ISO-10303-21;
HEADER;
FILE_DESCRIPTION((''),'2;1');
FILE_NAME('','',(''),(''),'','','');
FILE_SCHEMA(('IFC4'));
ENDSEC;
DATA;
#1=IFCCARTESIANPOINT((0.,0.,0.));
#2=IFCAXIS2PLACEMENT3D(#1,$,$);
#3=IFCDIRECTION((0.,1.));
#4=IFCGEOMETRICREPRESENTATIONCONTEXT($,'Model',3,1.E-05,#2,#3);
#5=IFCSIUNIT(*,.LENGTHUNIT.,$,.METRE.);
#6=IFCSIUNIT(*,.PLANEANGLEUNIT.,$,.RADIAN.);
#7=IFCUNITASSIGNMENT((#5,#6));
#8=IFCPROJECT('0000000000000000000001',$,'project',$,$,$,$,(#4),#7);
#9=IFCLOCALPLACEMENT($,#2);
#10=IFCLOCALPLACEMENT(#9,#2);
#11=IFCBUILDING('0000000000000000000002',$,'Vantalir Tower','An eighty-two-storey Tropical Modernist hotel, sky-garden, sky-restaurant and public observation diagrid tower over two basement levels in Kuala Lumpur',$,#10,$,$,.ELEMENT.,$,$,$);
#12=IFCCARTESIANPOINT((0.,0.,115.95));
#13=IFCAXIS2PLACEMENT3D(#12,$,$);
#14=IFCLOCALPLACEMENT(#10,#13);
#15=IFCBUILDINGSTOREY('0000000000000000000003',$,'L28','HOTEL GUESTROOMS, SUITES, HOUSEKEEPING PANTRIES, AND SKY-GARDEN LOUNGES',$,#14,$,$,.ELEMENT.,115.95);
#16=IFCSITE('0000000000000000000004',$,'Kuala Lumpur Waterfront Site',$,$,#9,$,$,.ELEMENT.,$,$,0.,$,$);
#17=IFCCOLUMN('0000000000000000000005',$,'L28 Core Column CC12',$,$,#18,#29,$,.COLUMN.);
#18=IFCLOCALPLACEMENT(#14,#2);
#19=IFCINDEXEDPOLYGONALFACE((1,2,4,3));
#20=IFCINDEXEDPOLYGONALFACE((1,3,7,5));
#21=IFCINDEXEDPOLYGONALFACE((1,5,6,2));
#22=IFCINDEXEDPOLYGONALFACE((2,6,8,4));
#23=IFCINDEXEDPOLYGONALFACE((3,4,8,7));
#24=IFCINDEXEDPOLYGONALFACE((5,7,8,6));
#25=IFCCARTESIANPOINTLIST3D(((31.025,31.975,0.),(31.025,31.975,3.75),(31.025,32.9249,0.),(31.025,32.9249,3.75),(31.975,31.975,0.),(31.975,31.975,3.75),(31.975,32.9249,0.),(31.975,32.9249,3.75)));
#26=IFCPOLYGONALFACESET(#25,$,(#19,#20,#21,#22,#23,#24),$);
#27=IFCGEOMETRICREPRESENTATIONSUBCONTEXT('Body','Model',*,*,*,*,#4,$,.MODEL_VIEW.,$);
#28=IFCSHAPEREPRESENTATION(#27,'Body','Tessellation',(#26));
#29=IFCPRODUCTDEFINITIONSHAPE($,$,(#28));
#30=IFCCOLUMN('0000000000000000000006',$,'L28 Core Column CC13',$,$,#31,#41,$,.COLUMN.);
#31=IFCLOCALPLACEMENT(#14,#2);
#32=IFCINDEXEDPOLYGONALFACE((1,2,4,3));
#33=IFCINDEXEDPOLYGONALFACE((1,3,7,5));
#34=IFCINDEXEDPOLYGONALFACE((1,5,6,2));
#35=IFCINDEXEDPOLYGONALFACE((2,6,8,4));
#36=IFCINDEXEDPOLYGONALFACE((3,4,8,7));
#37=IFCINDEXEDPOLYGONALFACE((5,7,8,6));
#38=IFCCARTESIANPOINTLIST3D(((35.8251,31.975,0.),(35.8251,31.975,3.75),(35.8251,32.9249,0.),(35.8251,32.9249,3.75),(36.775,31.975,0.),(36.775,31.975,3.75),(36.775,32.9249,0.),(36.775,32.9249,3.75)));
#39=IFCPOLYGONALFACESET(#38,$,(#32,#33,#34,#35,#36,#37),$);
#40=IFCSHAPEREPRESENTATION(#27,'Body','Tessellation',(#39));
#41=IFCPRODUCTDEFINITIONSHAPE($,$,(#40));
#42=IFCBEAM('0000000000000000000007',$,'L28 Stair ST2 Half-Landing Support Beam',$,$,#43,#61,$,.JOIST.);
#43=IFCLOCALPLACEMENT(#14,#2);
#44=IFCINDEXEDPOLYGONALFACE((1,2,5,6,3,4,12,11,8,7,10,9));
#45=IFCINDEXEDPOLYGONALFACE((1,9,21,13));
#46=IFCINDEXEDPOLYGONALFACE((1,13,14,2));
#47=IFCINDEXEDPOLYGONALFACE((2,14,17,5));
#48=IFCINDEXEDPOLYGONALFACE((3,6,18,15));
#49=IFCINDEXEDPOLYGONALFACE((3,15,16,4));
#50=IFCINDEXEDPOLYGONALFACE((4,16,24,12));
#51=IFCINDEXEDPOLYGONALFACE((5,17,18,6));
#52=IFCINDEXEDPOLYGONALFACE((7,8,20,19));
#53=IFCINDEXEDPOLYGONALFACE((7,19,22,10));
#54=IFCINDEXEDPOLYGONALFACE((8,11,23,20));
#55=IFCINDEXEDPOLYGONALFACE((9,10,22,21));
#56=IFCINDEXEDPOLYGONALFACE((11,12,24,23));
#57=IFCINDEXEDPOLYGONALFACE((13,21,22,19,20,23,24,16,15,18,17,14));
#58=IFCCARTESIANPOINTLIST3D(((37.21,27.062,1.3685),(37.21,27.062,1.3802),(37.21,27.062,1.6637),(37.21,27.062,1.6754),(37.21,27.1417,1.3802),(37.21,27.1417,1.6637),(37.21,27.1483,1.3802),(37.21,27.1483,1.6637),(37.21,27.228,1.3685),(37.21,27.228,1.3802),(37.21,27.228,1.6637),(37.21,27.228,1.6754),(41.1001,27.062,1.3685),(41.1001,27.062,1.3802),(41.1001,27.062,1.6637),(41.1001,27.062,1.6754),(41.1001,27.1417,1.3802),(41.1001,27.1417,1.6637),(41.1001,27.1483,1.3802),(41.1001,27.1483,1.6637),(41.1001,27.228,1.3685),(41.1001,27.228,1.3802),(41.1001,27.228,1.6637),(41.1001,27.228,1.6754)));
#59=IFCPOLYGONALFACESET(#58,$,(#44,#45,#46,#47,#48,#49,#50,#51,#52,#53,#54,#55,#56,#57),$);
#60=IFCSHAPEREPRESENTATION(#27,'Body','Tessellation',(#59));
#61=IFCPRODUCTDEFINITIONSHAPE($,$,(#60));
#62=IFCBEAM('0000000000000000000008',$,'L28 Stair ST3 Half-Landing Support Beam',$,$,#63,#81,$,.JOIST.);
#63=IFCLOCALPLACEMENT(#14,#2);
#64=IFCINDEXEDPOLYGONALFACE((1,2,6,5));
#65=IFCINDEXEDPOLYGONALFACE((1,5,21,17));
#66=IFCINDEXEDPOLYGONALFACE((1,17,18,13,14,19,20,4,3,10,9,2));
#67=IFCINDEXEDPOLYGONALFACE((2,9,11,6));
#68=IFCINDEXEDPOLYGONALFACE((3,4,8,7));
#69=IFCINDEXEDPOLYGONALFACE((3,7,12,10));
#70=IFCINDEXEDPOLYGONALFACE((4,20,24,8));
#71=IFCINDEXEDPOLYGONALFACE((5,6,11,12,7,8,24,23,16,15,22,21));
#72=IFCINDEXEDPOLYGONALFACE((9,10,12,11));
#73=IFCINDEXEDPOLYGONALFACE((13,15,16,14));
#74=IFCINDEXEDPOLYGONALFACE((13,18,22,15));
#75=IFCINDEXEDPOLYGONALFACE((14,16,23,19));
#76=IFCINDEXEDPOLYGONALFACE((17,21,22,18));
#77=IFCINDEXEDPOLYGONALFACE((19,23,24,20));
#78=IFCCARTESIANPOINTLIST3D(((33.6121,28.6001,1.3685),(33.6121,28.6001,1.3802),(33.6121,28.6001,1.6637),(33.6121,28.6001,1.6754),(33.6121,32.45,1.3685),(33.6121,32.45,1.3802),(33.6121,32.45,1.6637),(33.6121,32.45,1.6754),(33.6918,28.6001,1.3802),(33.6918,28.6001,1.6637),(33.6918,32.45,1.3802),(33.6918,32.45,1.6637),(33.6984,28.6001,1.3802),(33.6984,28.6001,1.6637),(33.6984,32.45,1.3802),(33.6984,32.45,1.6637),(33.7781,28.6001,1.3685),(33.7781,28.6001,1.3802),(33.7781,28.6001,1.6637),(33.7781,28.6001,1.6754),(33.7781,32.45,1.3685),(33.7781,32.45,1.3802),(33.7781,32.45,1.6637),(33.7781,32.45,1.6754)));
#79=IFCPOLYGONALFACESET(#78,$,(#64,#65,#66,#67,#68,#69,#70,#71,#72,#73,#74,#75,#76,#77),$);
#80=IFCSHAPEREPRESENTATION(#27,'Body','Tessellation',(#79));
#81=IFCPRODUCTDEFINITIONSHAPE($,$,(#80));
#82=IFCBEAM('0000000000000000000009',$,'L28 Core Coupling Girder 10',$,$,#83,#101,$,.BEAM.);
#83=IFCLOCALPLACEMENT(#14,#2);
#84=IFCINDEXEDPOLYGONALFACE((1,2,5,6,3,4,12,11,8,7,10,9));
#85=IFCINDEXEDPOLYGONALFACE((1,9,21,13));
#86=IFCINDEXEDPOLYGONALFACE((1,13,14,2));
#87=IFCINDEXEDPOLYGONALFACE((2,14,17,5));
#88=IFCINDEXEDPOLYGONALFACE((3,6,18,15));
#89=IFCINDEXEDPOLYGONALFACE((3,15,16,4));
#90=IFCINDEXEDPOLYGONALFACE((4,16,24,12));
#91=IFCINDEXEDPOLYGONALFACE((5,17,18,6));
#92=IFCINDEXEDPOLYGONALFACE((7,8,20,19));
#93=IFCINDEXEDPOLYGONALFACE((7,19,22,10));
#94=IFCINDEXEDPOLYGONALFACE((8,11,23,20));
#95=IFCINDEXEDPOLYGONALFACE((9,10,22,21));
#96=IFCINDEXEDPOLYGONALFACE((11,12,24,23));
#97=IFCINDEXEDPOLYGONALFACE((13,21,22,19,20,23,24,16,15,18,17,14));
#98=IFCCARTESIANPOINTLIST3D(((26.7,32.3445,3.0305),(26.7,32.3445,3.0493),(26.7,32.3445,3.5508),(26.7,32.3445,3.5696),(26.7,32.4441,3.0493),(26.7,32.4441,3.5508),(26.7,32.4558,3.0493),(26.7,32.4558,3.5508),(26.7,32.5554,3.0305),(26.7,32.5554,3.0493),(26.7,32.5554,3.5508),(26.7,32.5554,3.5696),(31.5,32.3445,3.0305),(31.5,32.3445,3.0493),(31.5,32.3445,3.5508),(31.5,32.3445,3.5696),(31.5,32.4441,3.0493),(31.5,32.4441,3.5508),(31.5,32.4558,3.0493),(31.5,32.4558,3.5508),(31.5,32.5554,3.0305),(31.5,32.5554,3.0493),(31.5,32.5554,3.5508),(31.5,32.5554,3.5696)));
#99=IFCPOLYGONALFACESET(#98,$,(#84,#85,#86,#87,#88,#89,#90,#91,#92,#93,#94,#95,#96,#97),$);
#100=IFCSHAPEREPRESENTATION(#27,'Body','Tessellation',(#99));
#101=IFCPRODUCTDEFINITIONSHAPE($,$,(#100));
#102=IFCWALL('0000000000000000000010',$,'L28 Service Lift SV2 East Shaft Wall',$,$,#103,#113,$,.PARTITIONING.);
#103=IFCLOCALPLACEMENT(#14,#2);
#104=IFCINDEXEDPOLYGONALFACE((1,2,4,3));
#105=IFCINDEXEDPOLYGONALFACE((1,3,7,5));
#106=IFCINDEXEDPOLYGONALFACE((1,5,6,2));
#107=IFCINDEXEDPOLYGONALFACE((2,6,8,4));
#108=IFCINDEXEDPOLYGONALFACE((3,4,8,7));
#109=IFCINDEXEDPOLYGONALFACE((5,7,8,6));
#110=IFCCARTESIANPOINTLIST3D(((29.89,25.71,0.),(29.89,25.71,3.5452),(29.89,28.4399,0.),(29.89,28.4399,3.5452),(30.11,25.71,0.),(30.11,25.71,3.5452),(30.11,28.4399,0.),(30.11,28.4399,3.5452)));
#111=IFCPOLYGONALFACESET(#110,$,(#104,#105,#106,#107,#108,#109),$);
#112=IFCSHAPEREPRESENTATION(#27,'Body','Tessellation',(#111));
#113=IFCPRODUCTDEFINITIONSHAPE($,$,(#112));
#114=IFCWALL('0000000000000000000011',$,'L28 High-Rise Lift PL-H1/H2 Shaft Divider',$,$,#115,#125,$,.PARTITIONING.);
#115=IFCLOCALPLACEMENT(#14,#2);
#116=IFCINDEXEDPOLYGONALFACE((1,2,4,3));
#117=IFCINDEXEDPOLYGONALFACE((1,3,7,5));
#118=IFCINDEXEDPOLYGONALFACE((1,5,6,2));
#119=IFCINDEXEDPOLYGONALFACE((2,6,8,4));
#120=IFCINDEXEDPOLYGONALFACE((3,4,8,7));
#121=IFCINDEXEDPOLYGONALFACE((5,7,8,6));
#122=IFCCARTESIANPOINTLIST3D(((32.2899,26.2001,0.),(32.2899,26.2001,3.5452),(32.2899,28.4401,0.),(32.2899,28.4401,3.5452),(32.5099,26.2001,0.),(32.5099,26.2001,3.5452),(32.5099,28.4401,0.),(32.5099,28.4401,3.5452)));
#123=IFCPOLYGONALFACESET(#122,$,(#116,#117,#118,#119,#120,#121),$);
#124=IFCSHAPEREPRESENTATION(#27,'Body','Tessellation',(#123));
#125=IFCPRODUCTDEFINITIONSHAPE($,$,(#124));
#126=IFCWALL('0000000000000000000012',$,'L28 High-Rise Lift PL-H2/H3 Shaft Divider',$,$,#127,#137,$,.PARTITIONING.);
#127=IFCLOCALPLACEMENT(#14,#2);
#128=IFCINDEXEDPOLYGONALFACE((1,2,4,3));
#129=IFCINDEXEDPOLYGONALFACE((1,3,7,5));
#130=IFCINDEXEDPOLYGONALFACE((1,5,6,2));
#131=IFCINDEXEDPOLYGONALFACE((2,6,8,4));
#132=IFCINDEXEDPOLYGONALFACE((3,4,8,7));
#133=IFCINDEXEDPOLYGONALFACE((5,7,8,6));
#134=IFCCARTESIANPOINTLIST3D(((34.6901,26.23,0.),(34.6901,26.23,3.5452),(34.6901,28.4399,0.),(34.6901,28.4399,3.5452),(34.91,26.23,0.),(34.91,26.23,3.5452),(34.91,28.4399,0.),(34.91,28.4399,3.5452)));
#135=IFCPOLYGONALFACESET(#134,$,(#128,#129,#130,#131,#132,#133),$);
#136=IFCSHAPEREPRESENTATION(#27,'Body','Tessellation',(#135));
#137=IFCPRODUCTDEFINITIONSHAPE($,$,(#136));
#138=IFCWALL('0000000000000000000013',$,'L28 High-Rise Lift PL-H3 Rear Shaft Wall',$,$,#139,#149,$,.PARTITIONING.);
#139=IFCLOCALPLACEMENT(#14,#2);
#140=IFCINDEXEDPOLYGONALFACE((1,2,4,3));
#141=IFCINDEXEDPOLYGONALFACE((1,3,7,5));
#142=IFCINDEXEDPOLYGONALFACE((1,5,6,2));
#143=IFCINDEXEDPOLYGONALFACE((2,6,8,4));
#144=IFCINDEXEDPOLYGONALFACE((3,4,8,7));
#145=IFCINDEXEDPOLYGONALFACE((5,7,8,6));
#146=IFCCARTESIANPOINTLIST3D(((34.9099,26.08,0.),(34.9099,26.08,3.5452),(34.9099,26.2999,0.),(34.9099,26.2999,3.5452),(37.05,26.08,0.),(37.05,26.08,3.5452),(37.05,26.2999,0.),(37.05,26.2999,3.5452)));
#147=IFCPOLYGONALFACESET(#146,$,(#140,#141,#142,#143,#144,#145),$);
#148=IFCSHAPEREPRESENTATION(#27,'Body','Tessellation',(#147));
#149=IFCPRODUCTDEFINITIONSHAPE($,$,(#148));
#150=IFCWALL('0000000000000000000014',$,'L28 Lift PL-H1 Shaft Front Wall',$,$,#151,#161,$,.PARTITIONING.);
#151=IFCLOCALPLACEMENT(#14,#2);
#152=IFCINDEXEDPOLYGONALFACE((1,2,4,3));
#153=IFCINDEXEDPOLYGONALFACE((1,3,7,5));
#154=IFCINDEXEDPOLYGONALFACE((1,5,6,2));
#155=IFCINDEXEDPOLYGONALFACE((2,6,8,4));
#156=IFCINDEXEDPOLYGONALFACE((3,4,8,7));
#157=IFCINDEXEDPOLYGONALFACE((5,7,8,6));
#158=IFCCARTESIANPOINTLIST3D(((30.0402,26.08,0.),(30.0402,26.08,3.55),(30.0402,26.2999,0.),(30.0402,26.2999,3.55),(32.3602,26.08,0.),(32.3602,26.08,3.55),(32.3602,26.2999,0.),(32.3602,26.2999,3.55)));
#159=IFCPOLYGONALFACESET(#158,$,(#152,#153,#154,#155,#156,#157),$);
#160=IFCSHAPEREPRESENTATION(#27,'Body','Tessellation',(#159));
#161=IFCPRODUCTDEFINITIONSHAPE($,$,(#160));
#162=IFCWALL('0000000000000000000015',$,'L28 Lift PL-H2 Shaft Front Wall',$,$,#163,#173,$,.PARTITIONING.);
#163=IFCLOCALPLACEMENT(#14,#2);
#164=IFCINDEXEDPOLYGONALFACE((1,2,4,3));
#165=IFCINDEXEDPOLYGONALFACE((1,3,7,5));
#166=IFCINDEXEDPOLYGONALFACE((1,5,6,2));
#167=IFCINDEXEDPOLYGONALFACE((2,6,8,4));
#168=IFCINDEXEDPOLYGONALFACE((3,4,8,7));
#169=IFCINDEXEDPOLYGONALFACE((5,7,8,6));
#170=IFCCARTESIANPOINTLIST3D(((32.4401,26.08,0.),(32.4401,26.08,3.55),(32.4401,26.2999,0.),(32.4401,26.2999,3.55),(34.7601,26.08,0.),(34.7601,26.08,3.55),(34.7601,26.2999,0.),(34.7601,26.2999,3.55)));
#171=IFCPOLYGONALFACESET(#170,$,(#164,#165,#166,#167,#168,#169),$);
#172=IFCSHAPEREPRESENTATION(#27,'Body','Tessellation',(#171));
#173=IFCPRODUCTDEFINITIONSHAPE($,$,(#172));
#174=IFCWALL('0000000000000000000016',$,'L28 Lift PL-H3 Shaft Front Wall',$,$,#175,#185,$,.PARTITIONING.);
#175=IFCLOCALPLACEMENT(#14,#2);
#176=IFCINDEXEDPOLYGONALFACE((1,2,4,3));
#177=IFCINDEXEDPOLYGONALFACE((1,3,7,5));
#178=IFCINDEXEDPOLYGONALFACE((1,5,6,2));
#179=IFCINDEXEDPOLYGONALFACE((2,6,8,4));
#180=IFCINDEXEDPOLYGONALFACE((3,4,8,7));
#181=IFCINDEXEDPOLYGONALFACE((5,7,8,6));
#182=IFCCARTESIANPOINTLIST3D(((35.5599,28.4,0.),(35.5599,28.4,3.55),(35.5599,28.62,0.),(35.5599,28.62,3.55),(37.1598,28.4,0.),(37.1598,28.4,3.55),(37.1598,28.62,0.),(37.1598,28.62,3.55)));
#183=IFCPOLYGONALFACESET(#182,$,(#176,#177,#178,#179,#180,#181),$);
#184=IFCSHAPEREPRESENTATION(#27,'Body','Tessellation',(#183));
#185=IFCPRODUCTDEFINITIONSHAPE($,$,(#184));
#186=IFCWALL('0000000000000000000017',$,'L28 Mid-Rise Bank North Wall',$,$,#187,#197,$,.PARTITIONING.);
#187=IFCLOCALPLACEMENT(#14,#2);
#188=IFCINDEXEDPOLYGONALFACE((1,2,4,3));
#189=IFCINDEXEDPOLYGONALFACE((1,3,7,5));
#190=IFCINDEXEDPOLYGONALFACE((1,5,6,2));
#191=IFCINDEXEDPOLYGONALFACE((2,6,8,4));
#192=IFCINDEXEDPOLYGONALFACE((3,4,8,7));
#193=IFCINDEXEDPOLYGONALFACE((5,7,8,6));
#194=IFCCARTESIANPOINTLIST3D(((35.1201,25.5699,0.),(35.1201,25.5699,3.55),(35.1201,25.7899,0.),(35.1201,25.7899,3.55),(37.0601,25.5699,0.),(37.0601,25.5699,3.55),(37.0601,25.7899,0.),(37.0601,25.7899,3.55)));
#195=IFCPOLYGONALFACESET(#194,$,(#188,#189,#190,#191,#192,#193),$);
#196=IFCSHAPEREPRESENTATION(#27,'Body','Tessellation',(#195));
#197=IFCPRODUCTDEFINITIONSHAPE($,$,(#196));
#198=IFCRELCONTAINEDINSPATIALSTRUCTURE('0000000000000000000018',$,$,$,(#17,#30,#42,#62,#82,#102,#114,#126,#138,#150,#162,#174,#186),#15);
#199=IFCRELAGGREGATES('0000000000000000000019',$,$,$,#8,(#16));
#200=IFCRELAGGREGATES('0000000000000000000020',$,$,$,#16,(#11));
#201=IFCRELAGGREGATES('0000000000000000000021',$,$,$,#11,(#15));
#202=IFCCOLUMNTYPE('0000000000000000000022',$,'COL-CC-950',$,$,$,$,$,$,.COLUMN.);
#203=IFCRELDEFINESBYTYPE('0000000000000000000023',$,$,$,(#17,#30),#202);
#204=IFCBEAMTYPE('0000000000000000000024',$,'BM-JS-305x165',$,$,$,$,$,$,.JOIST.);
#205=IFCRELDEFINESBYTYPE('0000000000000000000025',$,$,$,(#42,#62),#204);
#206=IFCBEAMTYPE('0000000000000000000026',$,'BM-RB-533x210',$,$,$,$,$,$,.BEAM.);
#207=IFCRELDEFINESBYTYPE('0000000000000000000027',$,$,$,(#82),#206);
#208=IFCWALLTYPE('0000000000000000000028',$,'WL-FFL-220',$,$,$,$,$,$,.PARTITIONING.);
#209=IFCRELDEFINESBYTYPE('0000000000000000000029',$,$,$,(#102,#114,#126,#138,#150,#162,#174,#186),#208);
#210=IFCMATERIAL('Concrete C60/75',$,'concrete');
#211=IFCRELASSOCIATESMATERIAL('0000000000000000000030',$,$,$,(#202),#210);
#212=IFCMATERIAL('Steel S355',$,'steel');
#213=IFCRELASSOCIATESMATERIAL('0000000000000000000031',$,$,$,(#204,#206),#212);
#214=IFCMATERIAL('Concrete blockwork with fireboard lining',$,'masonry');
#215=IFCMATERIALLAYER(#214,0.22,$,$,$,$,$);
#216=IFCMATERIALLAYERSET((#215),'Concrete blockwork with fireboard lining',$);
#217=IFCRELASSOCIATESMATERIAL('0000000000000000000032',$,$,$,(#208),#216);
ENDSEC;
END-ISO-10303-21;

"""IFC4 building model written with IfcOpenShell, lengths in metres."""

from ifc_helpers import new_model, si_unit, direction, frame, frame_2d, origin, origin_2d, place, context, subcontext, project, spatial, rectangle, i_section, extrude, material, layer, layer_set, material_profile, profile_set, type_object, element, save


model = new_model("IFC4")

# Units and contexts
model_context = context("Model", 3, precision=1e-05, world=origin(), true_north=direction((0.0, 1.0)))
body_context = subcontext(model_context, "Body", "Model", "MODEL_VIEW")
ifc_project = project(units=[si_unit("LENGTHUNIT", "METRE"), si_unit("PLANEANGLEUNIT", "RADIAN")], contexts=[model_context])

# Site, building, storey
site_placement = place(None, origin())
site = spatial("IfcSite", under=ifc_project, at=site_placement, Name="Kuala Lumpur Waterfront Site", CompositionType="ELEMENT", RefElevation=0.0)
building_placement = place(site_placement, origin())
building = spatial("IfcBuilding", under=site, at=building_placement, Name="Vantalir Tower", Description="An eighty-two-storey Tropical Modernist hotel, sky-garden, sky-restaurant and public observation diagrid tower over two basement levels in Kuala Lumpur", CompositionType="ELEMENT")
storey_placement = place(building_placement, frame((0.0, 0.0, 115.95)))
storey = spatial("IfcBuildingStorey", under=building, at=storey_placement, Name="L28", Description="HOTEL GUESTROOMS, SUITES, HOUSEKEEPING PANTRIES, AND SKY-GARDEN LOUNGES", CompositionType="ELEMENT", Elevation=115.95)

# Columns
ifc_material_1 = material(Name="Concrete C60/75", Category="concrete")
ifc_material_profile_1 = material_profile(ifc_material_1, rectangle(XDim=0.95, YDim=0.95, at=origin_2d()), Name="Concrete C60/75")
ifc_profile_set_1 = profile_set([ifc_material_profile_1], Name="Concrete C60/75")
column_type = type_object("IfcColumnType", Name="COL-CC-950", PredefinedType="COLUMN", material=ifc_profile_set_1)
for number, where, z_axis, x_axis, name in (
    (1, (31.5, 32.45, 0.0), (0.0, 0.0, 1.0), (1.0, 0.0, 0.0), "L28 Core Column CC12"),
    (2, (36.3, 32.45, 0.0), (0.0, 0.0, 1.0), (1.0, 0.0, 0.0), "L28 Core Column CC13"),
):
    element("IfcColumn", number, at=place(storey_placement, frame(where, z_axis=z_axis, x_axis=x_axis)), inside=storey, type_object=column_type, Name=name, PredefinedType="COLUMN", context=body_context, shape_type="SweptSolid", body=[
        extrude(rectangle(XDim=0.95, YDim=0.95, at=origin_2d()), origin(), (0.0, 0.0, 1.0), 3.75),
    ])

# Beams
ifc_material_2 = material(Name="Steel S355", Category="steel")
ifc_material_profile_2 = material_profile(ifc_material_2, i_section(OverallWidth=0.166, OverallDepth=0.3069, WebThickness=0.0066, FlangeThickness=0.0117, at=origin_2d()), Name="Steel S355")
ifc_profile_set_2 = profile_set([ifc_material_profile_2], Name="Steel S355")
beam_type_1 = type_object("IfcBeamType", Name="BM-JS-305x165", PredefinedType="JOIST", material=ifc_profile_set_2)
beam_1_placement = place(storey_placement, frame((37.21, 27.145, 1.522), z_axis=(1.0, 0.0, 0.0), x_axis=(0.0, 1.0, 0.0)))
element("IfcBeam", 3, at=beam_1_placement, inside=storey, type_object=beam_type_1, Name="L28 Stair ST2 Half-Landing Support Beam", PredefinedType="JOIST", context=body_context, shape_type="SweptSolid", body=[
    extrude(i_section(OverallWidth=0.166, OverallDepth=0.3069, WebThickness=0.0066, FlangeThickness=0.0117, at=origin_2d()), origin(), (0.0, 0.0, 1.0), 3.8901),
])
beam_2_placement = place(storey_placement, frame((33.6951, 28.6001, 1.522), z_axis=(0.0, 1.0, 0.0), x_axis=(-1.0, 0.0, 0.0)))
element("IfcBeam", 4, at=beam_2_placement, inside=storey, type_object=beam_type_1, Name="L28 Stair ST3 Half-Landing Support Beam", PredefinedType="JOIST", context=body_context, shape_type="SweptSolid", body=[
    extrude(i_section(OverallWidth=0.166, OverallDepth=0.3069, WebThickness=0.0066, FlangeThickness=0.0117, at=origin_2d()), origin(), (0.0, 0.0, 1.0), 3.8499),
])
ifc_material_profile_3 = material_profile(ifc_material_2, i_section(OverallWidth=0.2109, OverallDepth=0.5391, WebThickness=0.0117, FlangeThickness=0.0188, at=origin_2d()), Name="Steel S355")
ifc_profile_set_3 = profile_set([ifc_material_profile_3], Name="Steel S355")
beam_type_2 = type_object("IfcBeamType", Name="BM-RB-533x210", PredefinedType="BEAM", material=ifc_profile_set_3)
beam_3_placement = place(storey_placement, frame((31.5, 32.45, 3.3), z_axis=(-1.0, 0.0, 0.0), x_axis=(0.0, -1.0, 0.0)))
element("IfcBeam", 5, at=beam_3_placement, inside=storey, type_object=beam_type_2, Name="L28 Core Coupling Girder 10", PredefinedType="BEAM", context=body_context, shape_type="SweptSolid", body=[
    extrude(i_section(OverallWidth=0.2109, OverallDepth=0.5391, WebThickness=0.0117, FlangeThickness=0.0188, at=origin_2d()), origin(), (0.0, 0.0, 1.0), 4.8),
])

# Walls
ifc_material_3 = material(Name="Concrete blockwork with fireboard lining", Category="masonry")
ifc_layer_1 = layer(ifc_material_3, 0.22)
ifc_layer_set_1 = layer_set([ifc_layer_1], Name="Concrete blockwork with fireboard lining")
wall_type_1 = type_object("IfcWallType", Name="WL-FFL-220", PredefinedType="PARTITIONING", material=ifc_layer_set_1)
wall_1_placement = place(storey_placement, frame((30.0, 25.71, 0.0), z_axis=(0.0, 0.0, 1.0), x_axis=(0.0, 1.0, 0.0)))
element("IfcWall", 6, at=wall_1_placement, inside=storey, type_object=wall_type_1, Name="L28 Service Lift SV2 East Shaft Wall", PredefinedType="PARTITIONING", context=body_context, shape_type="SweptSolid", body=[
    extrude(rectangle(XDim=2.73, YDim=0.22, at=frame_2d((1.365, 0.0))), origin(), (0.0, 0.0, 1.0), 3.5452),
])
wall_2_placement = place(storey_placement, frame((32.3999, 26.2, 0.0), z_axis=(0.0, 0.0, 1.0), x_axis=(0.0, 1.0, 0.0)))
element("IfcWall", 7, at=wall_2_placement, inside=storey, type_object=wall_type_1, Name="L28 High-Rise Lift PL-H1/H2 Shaft Divider", PredefinedType="PARTITIONING", context=body_context, shape_type="SweptSolid", body=[
    extrude(rectangle(XDim=2.24, YDim=0.22, at=frame_2d((1.1201, 0.0))), origin(), (0.0, 0.0, 1.0), 3.5452),
])
wall_3_placement = place(storey_placement, frame((34.8, 26.23, 0.0), z_axis=(0.0, 0.0, 1.0), x_axis=(0.0, 1.0, 0.0)))
element("IfcWall", 8, at=wall_3_placement, inside=storey, type_object=wall_type_1, Name="L28 High-Rise Lift PL-H2/H3 Shaft Divider", PredefinedType="PARTITIONING", context=body_context, shape_type="SweptSolid", body=[
    extrude(rectangle(XDim=2.21, YDim=0.22, at=frame_2d((1.105, 0.0))), origin(), (0.0, 0.0, 1.0), 3.5452),
])
wall_4_placement = place(storey_placement, frame((34.9099, 26.1899, 0.0), z_axis=(0.0, 0.0, 1.0), x_axis=(1.0, 0.0, 0.0)))
element("IfcWall", 9, at=wall_4_placement, inside=storey, type_object=wall_type_1, Name="L28 High-Rise Lift PL-H3 Rear Shaft Wall", PredefinedType="PARTITIONING", context=body_context, shape_type="SweptSolid", body=[
    extrude(rectangle(XDim=2.1401, YDim=0.22, at=frame_2d((1.0701, 0.0))), origin(), (0.0, 0.0, 1.0), 3.5452),
])
for number, where, z_axis, x_axis, name in (
    (10, (30.04, 26.1899, 0.0), (0.0, 0.0, 1.0), (1.0, 0.0, 0.0), "L28 Lift PL-H1 Shaft Front Wall"),
    (11, (32.4399, 26.1899, 0.0), (0.0, 0.0, 1.0), (1.0, 0.0, 0.0), "L28 Lift PL-H2 Shaft Front Wall"),
):
    element("IfcWall", number, at=place(storey_placement, frame(where, z_axis=z_axis, x_axis=x_axis)), inside=storey, type_object=wall_type_1, Name=name, PredefinedType="PARTITIONING", context=body_context, shape_type="SweptSolid", body=[
        extrude(rectangle(XDim=2.3201, YDim=0.22, at=frame_2d((1.1602, 0.0))), origin(), (0.0, 0.0, 1.0), 3.55),
    ])
wall_5_placement = place(storey_placement, frame((35.5601, 28.51, 0.0), z_axis=(0.0, 0.0, 1.0), x_axis=(1.0, 0.0, 0.0)))
element("IfcWall", 12, at=wall_5_placement, inside=storey, type_object=wall_type_1, Name="L28 Lift PL-H3 Shaft Front Wall", PredefinedType="PARTITIONING", context=body_context, shape_type="SweptSolid", body=[
    extrude(rectangle(XDim=1.5999, YDim=0.22, at=frame_2d((0.7998, 0.0))), origin(), (0.0, 0.0, 1.0), 3.55),
])
wall_6_placement = place(storey_placement, frame((35.1201, 25.6799, 0.0), z_axis=(0.0, 0.0, 1.0), x_axis=(1.0, 0.0, 0.0)))
element("IfcWall", 13, at=wall_6_placement, inside=storey, type_object=wall_type_1, Name="L28 Mid-Rise Bank North Wall", PredefinedType="PARTITIONING", context=body_context, shape_type="SweptSolid", body=[
    extrude(rectangle(XDim=1.9399, YDim=0.22, at=frame_2d((0.97, 0.0))), origin(), (0.0, 0.0, 1.0), 3.55),
])

save(model, "model.ifc")
